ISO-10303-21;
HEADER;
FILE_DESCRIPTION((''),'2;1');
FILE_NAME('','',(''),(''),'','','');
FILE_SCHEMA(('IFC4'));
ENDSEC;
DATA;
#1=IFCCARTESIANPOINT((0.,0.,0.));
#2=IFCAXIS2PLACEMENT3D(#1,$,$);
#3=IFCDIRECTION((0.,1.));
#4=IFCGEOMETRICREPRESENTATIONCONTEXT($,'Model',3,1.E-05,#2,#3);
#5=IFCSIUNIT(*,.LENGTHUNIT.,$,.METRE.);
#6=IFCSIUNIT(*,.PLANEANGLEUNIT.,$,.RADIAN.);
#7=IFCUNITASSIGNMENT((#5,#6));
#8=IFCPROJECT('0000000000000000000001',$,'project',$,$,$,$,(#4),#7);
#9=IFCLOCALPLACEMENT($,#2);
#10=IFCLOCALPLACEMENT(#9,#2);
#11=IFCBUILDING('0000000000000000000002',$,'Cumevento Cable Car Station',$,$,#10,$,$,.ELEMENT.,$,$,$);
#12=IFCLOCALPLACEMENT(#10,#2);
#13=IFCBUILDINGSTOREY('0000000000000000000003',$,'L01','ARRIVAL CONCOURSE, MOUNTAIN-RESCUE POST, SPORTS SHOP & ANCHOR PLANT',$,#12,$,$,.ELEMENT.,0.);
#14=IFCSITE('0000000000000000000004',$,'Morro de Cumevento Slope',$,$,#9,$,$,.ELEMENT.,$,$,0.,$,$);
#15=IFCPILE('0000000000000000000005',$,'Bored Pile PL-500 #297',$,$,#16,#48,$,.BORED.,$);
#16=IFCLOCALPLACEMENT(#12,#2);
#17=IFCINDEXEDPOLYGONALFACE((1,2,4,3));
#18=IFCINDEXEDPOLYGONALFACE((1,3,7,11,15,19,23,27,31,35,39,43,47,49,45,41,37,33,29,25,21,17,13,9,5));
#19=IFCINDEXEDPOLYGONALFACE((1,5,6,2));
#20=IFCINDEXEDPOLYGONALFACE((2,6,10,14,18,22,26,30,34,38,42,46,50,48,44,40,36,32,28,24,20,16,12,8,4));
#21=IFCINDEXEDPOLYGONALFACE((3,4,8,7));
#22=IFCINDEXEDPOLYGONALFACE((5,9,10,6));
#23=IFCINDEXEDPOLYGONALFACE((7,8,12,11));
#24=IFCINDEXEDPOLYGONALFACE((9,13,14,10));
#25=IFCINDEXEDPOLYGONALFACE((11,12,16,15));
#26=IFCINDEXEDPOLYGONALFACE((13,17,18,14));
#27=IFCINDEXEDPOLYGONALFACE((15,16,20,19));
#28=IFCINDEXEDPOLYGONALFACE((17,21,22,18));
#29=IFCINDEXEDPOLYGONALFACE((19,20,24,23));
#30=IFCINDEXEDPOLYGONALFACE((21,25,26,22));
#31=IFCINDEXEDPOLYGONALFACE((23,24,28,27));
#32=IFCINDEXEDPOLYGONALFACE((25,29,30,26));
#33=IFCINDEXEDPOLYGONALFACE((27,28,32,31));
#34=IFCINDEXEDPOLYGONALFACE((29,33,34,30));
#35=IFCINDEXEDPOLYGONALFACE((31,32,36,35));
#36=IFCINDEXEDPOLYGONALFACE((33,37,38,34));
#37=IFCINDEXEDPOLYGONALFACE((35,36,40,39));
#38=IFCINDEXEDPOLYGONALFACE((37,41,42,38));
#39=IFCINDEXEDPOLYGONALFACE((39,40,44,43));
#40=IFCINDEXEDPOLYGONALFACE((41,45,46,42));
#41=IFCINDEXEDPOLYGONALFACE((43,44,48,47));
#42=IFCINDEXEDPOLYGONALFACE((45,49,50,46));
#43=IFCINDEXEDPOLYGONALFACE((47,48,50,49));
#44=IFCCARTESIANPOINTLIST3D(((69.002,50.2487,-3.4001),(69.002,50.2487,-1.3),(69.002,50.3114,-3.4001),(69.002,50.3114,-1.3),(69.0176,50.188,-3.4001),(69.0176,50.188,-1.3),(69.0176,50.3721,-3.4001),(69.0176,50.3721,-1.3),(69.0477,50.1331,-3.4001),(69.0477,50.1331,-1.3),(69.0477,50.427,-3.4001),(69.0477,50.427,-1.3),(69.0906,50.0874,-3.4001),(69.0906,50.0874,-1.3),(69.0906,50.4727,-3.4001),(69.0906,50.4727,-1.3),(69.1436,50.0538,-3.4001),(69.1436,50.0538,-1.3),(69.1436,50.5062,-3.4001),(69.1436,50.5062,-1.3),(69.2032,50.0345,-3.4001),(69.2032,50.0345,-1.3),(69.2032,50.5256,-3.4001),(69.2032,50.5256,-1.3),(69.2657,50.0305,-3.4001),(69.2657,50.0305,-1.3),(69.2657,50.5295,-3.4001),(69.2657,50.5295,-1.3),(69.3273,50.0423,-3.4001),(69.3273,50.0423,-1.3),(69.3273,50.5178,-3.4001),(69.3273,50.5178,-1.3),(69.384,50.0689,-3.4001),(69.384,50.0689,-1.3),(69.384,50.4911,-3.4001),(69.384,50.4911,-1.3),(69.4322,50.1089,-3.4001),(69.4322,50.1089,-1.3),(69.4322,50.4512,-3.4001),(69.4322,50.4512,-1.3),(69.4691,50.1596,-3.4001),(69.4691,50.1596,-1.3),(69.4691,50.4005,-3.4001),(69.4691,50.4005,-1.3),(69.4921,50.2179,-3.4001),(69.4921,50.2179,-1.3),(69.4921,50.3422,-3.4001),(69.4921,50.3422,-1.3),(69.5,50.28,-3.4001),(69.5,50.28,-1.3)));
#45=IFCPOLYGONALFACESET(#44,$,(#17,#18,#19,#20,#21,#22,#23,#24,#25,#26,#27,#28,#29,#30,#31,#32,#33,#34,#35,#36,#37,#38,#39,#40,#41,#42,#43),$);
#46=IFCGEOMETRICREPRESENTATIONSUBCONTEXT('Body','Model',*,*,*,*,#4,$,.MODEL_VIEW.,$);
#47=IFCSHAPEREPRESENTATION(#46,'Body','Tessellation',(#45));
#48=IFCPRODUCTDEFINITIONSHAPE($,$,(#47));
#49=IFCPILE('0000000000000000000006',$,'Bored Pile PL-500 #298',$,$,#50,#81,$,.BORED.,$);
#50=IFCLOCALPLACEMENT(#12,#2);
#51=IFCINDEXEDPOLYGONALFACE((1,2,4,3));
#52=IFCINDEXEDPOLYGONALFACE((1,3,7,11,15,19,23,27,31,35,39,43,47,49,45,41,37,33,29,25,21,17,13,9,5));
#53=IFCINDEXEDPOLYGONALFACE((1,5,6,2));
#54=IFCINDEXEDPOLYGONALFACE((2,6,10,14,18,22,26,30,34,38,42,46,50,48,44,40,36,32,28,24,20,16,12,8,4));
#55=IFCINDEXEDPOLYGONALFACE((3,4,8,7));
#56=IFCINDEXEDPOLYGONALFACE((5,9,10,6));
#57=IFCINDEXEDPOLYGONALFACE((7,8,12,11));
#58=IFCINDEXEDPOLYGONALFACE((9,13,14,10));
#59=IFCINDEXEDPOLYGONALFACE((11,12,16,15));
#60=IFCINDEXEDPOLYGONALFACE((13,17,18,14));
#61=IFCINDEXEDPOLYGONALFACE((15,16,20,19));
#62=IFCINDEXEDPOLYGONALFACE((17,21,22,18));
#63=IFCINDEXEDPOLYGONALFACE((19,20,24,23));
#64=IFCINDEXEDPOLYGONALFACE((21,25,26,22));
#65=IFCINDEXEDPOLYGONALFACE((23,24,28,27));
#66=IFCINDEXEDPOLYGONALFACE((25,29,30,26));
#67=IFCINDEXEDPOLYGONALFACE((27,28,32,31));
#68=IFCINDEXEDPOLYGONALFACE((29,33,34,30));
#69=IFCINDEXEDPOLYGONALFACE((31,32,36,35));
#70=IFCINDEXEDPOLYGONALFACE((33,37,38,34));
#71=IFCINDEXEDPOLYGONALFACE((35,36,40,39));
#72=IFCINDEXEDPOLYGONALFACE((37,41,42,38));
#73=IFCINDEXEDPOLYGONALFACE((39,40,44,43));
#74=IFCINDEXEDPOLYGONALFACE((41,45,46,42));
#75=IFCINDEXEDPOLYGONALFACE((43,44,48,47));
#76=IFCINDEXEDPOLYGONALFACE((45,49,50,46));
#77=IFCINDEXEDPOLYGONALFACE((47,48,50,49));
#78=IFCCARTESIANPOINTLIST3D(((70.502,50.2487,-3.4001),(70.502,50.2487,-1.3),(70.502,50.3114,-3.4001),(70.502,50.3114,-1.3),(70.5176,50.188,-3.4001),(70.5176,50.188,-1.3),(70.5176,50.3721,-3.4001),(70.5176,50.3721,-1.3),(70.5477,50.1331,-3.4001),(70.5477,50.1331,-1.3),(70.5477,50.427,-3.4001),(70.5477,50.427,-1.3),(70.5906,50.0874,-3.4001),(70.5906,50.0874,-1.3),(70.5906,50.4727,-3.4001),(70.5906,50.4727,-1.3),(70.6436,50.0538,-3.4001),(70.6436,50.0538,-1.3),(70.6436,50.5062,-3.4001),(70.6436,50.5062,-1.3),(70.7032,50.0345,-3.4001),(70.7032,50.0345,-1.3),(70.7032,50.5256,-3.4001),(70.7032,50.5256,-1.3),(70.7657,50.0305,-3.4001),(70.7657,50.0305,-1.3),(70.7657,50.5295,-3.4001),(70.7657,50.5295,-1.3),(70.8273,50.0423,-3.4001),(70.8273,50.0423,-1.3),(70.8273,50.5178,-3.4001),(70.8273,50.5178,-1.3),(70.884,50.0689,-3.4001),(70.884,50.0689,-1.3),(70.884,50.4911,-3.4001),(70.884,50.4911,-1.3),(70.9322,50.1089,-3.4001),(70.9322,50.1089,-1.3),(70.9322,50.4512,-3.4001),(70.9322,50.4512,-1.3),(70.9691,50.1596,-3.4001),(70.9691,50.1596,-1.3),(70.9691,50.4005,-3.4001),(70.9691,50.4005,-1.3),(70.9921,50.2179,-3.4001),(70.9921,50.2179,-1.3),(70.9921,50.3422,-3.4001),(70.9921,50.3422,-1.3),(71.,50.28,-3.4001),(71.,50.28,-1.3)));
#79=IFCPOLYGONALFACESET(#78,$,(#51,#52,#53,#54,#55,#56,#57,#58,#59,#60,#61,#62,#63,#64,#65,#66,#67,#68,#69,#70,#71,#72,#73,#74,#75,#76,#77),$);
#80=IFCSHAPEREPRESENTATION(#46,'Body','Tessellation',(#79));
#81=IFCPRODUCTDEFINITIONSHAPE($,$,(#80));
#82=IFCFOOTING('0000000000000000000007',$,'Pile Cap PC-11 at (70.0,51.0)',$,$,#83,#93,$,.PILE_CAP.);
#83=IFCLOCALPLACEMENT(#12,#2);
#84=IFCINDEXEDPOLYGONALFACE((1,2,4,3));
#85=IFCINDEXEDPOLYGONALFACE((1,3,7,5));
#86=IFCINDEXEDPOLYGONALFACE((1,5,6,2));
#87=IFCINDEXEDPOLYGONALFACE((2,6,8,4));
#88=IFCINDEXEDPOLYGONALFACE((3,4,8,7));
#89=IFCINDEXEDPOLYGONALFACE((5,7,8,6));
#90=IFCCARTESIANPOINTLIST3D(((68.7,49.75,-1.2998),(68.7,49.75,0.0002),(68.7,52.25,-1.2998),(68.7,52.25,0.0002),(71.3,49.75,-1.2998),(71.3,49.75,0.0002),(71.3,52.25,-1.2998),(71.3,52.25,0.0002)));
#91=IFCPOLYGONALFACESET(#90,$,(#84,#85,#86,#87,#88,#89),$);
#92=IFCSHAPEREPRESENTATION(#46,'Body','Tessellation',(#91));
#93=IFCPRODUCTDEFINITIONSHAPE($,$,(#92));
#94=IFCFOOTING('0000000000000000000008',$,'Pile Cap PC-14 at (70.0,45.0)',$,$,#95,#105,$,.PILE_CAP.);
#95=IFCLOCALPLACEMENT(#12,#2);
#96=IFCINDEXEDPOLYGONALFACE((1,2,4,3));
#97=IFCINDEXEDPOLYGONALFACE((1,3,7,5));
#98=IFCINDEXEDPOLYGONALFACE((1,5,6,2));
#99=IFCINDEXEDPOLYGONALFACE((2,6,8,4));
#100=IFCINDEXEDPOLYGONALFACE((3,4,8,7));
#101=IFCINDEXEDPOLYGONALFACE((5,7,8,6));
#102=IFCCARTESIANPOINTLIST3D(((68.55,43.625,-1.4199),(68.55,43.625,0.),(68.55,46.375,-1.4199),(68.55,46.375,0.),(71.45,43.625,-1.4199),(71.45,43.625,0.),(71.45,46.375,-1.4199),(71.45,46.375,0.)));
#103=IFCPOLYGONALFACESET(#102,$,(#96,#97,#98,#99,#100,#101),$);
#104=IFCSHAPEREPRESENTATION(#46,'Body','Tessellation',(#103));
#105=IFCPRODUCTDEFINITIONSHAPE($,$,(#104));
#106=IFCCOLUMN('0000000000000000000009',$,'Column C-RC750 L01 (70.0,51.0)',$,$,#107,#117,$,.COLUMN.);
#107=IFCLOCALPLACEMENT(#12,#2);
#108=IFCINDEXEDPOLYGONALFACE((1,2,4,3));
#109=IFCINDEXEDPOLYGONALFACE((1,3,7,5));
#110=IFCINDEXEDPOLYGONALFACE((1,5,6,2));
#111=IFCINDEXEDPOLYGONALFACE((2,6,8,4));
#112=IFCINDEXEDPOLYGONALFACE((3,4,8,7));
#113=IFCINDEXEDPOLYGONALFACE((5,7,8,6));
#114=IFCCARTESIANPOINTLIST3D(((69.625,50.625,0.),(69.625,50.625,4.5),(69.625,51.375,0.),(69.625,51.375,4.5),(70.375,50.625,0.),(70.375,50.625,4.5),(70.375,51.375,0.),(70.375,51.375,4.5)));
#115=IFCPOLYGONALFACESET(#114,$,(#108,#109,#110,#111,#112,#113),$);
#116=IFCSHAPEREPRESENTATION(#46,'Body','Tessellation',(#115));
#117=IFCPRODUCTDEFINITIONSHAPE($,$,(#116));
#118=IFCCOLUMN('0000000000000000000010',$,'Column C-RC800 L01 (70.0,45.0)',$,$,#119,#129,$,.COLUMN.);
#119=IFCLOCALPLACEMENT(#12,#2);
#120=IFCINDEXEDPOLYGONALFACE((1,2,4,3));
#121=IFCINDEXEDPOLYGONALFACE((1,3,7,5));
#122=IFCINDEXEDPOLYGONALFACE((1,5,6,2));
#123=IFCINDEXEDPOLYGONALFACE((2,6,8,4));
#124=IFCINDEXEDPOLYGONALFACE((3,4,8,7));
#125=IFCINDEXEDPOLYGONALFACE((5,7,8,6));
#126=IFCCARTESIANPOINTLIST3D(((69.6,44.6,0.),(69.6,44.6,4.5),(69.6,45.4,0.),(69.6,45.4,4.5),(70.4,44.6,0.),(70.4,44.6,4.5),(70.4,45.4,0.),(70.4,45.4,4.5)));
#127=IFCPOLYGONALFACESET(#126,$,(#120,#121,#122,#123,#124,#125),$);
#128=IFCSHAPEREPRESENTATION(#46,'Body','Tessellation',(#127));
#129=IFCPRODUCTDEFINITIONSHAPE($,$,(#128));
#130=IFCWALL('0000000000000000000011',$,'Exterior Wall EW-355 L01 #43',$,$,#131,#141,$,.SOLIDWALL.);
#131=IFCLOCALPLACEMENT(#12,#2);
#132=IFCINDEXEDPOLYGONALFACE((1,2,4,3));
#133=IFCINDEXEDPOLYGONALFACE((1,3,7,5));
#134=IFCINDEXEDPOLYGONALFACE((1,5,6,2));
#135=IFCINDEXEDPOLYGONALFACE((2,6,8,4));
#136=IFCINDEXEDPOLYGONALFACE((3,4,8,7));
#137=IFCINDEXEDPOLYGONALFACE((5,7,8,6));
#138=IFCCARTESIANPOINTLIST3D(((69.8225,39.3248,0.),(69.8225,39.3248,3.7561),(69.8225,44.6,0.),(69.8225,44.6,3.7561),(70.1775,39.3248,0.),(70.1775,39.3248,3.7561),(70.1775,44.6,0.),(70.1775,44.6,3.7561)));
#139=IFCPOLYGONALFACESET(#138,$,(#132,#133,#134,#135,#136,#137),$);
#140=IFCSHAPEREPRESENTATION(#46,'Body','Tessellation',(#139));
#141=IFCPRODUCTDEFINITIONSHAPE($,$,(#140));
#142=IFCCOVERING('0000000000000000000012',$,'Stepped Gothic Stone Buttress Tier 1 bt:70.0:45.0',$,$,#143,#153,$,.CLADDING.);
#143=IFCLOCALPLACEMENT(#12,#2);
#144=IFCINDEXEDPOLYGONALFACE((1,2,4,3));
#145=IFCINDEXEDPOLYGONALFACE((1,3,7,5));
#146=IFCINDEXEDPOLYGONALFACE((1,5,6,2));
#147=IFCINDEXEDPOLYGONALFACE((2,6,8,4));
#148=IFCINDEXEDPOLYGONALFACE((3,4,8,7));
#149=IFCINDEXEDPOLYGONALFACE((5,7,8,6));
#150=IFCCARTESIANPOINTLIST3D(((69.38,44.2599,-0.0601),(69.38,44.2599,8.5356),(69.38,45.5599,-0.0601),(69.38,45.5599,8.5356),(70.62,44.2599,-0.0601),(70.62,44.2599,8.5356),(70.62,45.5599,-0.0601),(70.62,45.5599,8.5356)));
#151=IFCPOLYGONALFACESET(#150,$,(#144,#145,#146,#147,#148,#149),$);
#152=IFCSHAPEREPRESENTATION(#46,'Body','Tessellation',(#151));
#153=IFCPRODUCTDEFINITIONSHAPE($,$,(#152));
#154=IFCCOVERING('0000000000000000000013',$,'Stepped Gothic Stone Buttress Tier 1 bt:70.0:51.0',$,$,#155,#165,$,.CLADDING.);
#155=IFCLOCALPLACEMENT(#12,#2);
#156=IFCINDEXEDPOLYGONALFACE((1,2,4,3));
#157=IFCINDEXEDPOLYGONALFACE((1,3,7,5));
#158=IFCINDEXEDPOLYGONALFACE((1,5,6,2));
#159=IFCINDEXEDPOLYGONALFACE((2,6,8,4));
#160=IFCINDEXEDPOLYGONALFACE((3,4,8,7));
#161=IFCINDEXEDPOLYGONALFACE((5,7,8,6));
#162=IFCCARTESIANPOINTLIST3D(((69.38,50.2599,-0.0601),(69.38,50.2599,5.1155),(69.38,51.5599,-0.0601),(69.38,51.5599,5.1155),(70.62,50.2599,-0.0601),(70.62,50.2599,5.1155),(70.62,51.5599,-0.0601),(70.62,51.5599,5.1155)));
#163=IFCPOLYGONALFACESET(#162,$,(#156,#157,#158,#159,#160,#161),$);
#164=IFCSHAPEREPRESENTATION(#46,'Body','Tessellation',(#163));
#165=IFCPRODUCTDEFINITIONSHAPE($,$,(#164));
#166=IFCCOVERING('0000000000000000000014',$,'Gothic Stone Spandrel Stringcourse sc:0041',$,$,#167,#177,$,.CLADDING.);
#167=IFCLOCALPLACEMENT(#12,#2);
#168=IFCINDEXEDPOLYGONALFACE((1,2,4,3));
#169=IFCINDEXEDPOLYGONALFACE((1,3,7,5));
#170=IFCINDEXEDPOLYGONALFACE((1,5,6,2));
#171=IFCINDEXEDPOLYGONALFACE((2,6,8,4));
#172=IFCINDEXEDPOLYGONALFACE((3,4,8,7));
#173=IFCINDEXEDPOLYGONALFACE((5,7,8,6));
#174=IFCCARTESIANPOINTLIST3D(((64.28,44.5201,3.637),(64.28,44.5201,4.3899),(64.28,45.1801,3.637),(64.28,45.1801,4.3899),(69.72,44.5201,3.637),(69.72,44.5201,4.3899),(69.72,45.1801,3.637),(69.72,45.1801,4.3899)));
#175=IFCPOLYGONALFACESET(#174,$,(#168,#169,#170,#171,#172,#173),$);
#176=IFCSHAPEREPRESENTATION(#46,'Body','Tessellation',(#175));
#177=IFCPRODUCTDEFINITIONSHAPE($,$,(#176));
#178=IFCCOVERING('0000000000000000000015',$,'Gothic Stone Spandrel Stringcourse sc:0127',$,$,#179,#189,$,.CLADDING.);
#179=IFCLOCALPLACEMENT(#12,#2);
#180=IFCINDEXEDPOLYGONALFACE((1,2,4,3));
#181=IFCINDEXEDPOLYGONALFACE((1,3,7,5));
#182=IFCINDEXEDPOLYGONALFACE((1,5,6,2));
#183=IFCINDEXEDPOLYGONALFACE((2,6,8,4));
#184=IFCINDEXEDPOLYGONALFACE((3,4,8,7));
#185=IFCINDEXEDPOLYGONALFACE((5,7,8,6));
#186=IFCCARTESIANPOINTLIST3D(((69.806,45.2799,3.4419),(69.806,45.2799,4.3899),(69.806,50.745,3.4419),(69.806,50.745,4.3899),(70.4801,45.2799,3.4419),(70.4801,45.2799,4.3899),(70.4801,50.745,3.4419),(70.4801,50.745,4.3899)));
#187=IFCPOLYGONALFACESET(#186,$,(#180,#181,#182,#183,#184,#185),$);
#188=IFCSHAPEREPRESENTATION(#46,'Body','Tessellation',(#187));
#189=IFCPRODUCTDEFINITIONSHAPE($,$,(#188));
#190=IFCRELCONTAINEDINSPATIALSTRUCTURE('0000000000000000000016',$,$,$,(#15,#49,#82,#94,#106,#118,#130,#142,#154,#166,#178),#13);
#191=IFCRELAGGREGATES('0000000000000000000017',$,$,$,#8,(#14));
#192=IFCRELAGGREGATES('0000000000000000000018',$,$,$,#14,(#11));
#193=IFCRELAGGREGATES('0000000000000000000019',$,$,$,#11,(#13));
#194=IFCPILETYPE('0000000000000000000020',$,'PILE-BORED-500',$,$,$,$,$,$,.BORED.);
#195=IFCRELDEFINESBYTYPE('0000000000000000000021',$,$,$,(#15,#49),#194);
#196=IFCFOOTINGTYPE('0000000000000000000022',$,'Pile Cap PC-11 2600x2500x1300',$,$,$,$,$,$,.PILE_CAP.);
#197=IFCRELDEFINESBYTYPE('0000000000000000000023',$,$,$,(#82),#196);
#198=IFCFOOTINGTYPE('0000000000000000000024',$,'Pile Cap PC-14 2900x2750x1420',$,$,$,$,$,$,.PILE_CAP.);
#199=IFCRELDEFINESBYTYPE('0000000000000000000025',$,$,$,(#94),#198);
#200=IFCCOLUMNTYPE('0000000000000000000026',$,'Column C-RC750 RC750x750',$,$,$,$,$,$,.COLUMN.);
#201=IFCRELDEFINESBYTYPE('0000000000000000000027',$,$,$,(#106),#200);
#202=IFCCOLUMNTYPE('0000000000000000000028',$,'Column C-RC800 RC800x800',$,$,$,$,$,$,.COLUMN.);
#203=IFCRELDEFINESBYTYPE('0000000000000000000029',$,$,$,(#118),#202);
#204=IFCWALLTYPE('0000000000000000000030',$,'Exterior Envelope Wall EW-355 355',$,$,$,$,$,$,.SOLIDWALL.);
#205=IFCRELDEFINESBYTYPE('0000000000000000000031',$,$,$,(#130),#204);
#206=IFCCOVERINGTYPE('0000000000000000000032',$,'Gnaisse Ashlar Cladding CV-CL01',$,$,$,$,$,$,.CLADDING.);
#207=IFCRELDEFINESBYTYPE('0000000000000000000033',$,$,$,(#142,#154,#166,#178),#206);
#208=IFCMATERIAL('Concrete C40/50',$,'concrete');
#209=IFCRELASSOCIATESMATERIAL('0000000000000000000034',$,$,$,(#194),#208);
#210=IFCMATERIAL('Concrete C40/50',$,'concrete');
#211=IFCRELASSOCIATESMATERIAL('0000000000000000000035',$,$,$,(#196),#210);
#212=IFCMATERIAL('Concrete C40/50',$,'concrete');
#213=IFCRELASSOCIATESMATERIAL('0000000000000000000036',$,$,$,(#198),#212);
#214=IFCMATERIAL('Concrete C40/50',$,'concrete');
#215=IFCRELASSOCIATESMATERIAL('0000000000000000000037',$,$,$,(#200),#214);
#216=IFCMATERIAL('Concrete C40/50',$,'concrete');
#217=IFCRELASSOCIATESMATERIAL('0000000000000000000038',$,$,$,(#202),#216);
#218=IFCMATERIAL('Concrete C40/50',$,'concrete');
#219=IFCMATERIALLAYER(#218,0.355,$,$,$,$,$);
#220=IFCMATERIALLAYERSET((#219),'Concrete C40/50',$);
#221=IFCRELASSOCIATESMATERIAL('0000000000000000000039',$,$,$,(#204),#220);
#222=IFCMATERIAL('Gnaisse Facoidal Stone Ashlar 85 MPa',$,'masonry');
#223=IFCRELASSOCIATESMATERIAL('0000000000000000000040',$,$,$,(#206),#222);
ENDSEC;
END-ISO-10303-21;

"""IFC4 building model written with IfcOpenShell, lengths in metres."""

from ifc_helpers import new_model, si_unit, direction, frame, frame_2d, origin, origin_2d, place, context, subcontext, project, spatial, rectangle, circle, extrude, material, layer, layer_set, material_profile, profile_set, type_object, element, save


model = new_model("IFC4")

# Units and contexts
model_context = context("Model", 3, precision=1e-05, world=origin(), true_north=direction((0.0, 1.0)))
body_context = subcontext(model_context, "Body", "Model", "MODEL_VIEW")
ifc_project = project(units=[si_unit("LENGTHUNIT", "METRE"), si_unit("PLANEANGLEUNIT", "RADIAN")], contexts=[model_context])

# Site, building, storey
site_placement = place(None, origin())
site = spatial("IfcSite", under=ifc_project, at=site_placement, Name="Morro de Cumevento Slope", CompositionType="ELEMENT", RefElevation=0.0)
building_placement = place(site_placement, origin())
building = spatial("IfcBuilding", under=site, at=building_placement, Name="Cumevento Cable Car Station", CompositionType="ELEMENT")
storey_placement = place(building_placement, origin())
storey = spatial("IfcBuildingStorey", under=building, at=storey_placement, Name="L01", Description="ARRIVAL CONCOURSE, MOUNTAIN-RESCUE POST, SPORTS SHOP & ANCHOR PLANT", CompositionType="ELEMENT", Elevation=0.0)

# Piles
ifc_material_1 = material(Name="Concrete C40/50", Category="concrete")
ifc_material_profile_1 = material_profile(ifc_material_1, circle(Radius=0.25, at=origin_2d()), Name="PILE-D500")
ifc_profile_set_1 = profile_set([ifc_material_profile_1], Name="Concrete C40/50")
pile_type = type_object("IfcPileType", Name="PILE-BORED-500", PredefinedType="BORED", material=ifc_profile_set_1)
for number, where, z_axis, x_axis, name in (
    (1, (69.25, 50.28, -1.3), (0.0, 0.0, -1.0), (1.0, 0.0, 0.0), "Bored Pile PL-500 #297"),
    (2, (70.75, 50.28, -1.3), (0.0, 0.0, -1.0), (1.0, 0.0, 0.0), "Bored Pile PL-500 #298"),
):
    element("IfcPile", number, at=place(storey_placement, frame(where, z_axis=z_axis, x_axis=x_axis)), inside=storey, type_object=pile_type, Name=name, PredefinedType="BORED", context=body_context, shape_type="SweptSolid", body=[
        extrude(circle(Radius=0.25, at=origin_2d()), origin(), (0.0, 0.0, 1.0), 2.1001),
    ])

# Footings
ifc_material_2 = material(Name="Concrete C40/50", Category="concrete")
footing_type_1 = type_object("IfcFootingType", Name="Pile Cap PC-11 2600x2500x1300", PredefinedType="PILE_CAP", material=ifc_material_2)
footing_1_placement = place(storey_placement, frame((70.0, 51.0, -1.2998), z_axis=(0.0, 0.0, 1.0), x_axis=(1.0, 0.0, 0.0)))
element("IfcFooting", 3, at=footing_1_placement, inside=storey, type_object=footing_type_1, Name="Pile Cap PC-11 at (70.0,51.0)", PredefinedType="PILE_CAP", context=body_context, shape_type="SweptSolid", body=[
    extrude(rectangle(XDim=2.6001, YDim=2.5, at=origin_2d()), origin(), (0.0, 0.0, 1.0), 1.3),
])
ifc_material_3 = material(Name="Concrete C40/50", Category="concrete")
footing_type_2 = type_object("IfcFootingType", Name="Pile Cap PC-14 2900x2750x1420", PredefinedType="PILE_CAP", material=ifc_material_3)
footing_2_placement = place(storey_placement, frame((70.0, 45.0, -1.4199), z_axis=(0.0, 0.0, 1.0), x_axis=(1.0, 0.0, 0.0)))
element("IfcFooting", 4, at=footing_2_placement, inside=storey, type_object=footing_type_2, Name="Pile Cap PC-14 at (70.0,45.0)", PredefinedType="PILE_CAP", context=body_context, shape_type="SweptSolid", body=[
    extrude(rectangle(XDim=2.8999, YDim=2.75, at=origin_2d()), origin(), (0.0, 0.0, 1.0), 1.4199),
])

# Columns
ifc_material_4 = material(Name="Concrete C40/50", Category="concrete")
ifc_material_profile_2 = material_profile(ifc_material_4, rectangle(XDim=0.75, YDim=0.75, at=origin_2d()), Name="RC750x750")
ifc_profile_set_2 = profile_set([ifc_material_profile_2], Name="Concrete C40/50")
column_type_1 = type_object("IfcColumnType", Name="Column C-RC750 RC750x750", PredefinedType="COLUMN", material=ifc_profile_set_2)
column_1_placement = place(storey_placement, frame((70.0, 51.0, 0.0), z_axis=(0.0, 0.0, 1.0), x_axis=(1.0, 0.0, 0.0)))
element("IfcColumn", 5, at=column_1_placement, inside=storey, type_object=column_type_1, Name="Column C-RC750 L01 (70.0,51.0)", PredefinedType="COLUMN", context=body_context, shape_type="SweptSolid", body=[
    extrude(rectangle(XDim=0.75, YDim=0.75, at=origin_2d()), origin(), (0.0, 0.0, 1.0), 4.5),
])
ifc_material_5 = material(Name="Concrete C40/50", Category="concrete")
ifc_material_profile_3 = material_profile(ifc_material_5, rectangle(XDim=0.8, YDim=0.8, at=origin_2d()), Name="RC800x800")
ifc_profile_set_3 = profile_set([ifc_material_profile_3], Name="Concrete C40/50")
column_type_2 = type_object("IfcColumnType", Name="Column C-RC800 RC800x800", PredefinedType="COLUMN", material=ifc_profile_set_3)
column_2_placement = place(storey_placement, frame((70.0, 45.0, 0.0), z_axis=(0.0, 0.0, 1.0), x_axis=(1.0, 0.0, 0.0)))
element("IfcColumn", 6, at=column_2_placement, inside=storey, type_object=column_type_2, Name="Column C-RC800 L01 (70.0,45.0)", PredefinedType="COLUMN", context=body_context, shape_type="SweptSolid", body=[
    extrude(rectangle(XDim=0.8, YDim=0.8, at=origin_2d()), origin(), (0.0, 0.0, 1.0), 4.5),
])

# Wall
ifc_material_6 = material(Name="Concrete C40/50", Category="concrete")
ifc_layer = layer(ifc_material_6, 0.355)
ifc_layer_set = layer_set([ifc_layer], Name="Concrete C40/50")
wall_type = type_object("IfcWallType", Name="Exterior Envelope Wall EW-355 355", PredefinedType="SOLIDWALL", material=ifc_layer_set)
wall_placement = place(storey_placement, frame((70.0, 44.6001, 0.0), z_axis=(0.0, 0.0, 1.0), x_axis=(0.0, -1.0, 0.0)))
element("IfcWall", 7, at=wall_placement, inside=storey, type_object=wall_type, Name="Exterior Wall EW-355 L01 #43", PredefinedType="SOLIDWALL", context=body_context, shape_type="SweptSolid", body=[
    extrude(rectangle(XDim=5.2751, YDim=0.355, at=frame_2d((2.6377, 0.0))), origin(), (0.0, 0.0, 1.0), 3.7561),
])

# Coverings
ifc_material_7 = material(Name="Gnaisse Facoidal Stone Ashlar 85 MPa", Category="masonry")
covering_type = type_object("IfcCoveringType", Name="Gnaisse Ashlar Cladding CV-CL01", PredefinedType="CLADDING", material=ifc_material_7)
covering_1_placement = place(storey_placement, frame((70.0, 44.9099, -0.0601), z_axis=(0.0, 0.0, 1.0), x_axis=(1.0, 0.0, 0.0)))
element("IfcCovering", 8, at=covering_1_placement, inside=storey, type_object=covering_type, Name="Stepped Gothic Stone Buttress Tier 1 bt:70.0:45.0", PredefinedType="CLADDING", context=body_context, shape_type="SweptSolid", body=[
    extrude(rectangle(XDim=1.24, YDim=1.3, at=origin_2d()), origin(), (0.0, 0.0, 1.0), 8.5957),
])
covering_2_placement = place(storey_placement, frame((70.0, 50.9099, -0.0601), z_axis=(0.0, 0.0, 1.0), x_axis=(1.0, 0.0, 0.0)))
element("IfcCovering", 9, at=covering_2_placement, inside=storey, type_object=covering_type, Name="Stepped Gothic Stone Buttress Tier 1 bt:70.0:51.0", PredefinedType="CLADDING", context=body_context, shape_type="SweptSolid", body=[
    extrude(rectangle(XDim=1.24, YDim=1.3, at=origin_2d()), origin(), (0.0, 0.0, 1.0), 5.1755),
])
covering_3_placement = place(storey_placement, frame((67.0, 44.8501, 3.637), z_axis=(0.0, 0.0, 1.0), x_axis=(1.0, 0.0, 0.0)))
element("IfcCovering", 10, at=covering_3_placement, inside=storey, type_object=covering_type, Name="Gothic Stone Spandrel Stringcourse sc:0041", PredefinedType="CLADDING", context=body_context, shape_type="SweptSolid", body=[
    extrude(rectangle(XDim=5.4399, YDim=0.6599, at=origin_2d()), origin(), (0.0, 0.0, 1.0), 0.7529),
])
covering_4_placement = place(storey_placement, frame((70.1431, 48.0125, 3.4419), z_axis=(0.0, 0.0, 1.0), x_axis=(0.0, 1.0, 0.0)))
element("IfcCovering", 11, at=covering_4_placement, inside=storey, type_object=covering_type, Name="Gothic Stone Spandrel Stringcourse sc:0127", PredefinedType="CLADDING", context=body_context, shape_type="SweptSolid", body=[
    extrude(rectangle(XDim=5.4651, YDim=0.6741, at=origin_2d()), origin(), (0.0, 0.0, 1.0), 0.948),
])

save(model, "model.ifc")
